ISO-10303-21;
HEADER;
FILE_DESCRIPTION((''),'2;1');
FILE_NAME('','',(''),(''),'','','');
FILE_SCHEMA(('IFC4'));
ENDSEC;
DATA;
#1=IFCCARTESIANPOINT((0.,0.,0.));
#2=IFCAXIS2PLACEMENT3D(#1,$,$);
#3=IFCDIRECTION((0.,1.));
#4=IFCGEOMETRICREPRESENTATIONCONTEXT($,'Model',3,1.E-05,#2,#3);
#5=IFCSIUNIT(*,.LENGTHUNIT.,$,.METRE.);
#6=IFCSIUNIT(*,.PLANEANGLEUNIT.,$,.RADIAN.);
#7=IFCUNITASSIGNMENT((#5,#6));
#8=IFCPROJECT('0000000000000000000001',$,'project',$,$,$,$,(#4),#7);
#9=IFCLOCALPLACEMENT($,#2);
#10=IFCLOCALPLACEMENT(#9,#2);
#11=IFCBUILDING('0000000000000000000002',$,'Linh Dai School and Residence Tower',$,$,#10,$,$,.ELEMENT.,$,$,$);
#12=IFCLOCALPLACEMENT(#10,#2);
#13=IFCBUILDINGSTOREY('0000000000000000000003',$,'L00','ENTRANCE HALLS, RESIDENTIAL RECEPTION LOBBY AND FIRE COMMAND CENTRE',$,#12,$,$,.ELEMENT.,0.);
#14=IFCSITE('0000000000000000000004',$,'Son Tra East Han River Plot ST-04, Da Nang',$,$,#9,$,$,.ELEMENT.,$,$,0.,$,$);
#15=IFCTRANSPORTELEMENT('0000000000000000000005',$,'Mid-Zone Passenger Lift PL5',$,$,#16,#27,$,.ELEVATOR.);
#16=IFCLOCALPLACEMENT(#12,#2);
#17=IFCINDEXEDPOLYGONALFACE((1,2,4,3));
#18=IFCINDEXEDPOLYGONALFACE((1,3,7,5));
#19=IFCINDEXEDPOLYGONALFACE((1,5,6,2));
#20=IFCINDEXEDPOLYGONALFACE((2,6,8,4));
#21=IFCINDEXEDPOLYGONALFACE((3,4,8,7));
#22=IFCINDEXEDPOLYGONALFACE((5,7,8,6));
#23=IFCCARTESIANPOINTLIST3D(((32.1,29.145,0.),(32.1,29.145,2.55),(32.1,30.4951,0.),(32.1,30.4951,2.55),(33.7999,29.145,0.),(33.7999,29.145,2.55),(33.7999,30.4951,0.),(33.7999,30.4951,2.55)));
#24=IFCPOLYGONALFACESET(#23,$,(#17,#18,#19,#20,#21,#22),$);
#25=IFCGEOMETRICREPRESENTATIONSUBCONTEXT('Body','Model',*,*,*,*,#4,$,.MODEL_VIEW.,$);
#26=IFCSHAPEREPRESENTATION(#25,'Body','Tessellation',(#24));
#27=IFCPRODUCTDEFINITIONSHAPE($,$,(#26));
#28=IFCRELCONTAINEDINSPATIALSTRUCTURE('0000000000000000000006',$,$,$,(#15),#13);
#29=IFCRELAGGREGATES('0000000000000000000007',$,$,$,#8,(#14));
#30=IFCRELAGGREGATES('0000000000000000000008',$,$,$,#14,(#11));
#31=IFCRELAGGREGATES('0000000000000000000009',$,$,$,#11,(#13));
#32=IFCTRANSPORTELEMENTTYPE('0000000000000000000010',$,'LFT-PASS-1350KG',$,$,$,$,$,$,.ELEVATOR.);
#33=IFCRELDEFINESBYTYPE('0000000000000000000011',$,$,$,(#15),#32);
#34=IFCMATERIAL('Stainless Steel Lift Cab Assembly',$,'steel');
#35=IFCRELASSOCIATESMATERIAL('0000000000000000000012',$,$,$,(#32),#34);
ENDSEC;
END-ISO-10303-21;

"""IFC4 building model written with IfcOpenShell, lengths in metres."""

from ifc_helpers import new_model, si_unit, direction, frame, origin, origin_2d, place, context, subcontext, project, spatial, rectangle, extrude, source, transform, mapped, material, type_object, element, save


model = new_model("IFC4")

# Units and contexts
model_context = context("Model", 3, precision=1e-05, world=origin(), true_north=direction((0.0, 1.0)))
body_context = subcontext(model_context, "Body", "Model", "MODEL_VIEW")
ifc_project = project(units=[si_unit("LENGTHUNIT", "METRE"), si_unit("PLANEANGLEUNIT", "RADIAN")], contexts=[model_context])

# Site, building, storey
site_placement = place(None, origin())
site = spatial("IfcSite", under=ifc_project, at=site_placement, Name="Son Tra East Han River Plot ST-04, Da Nang", CompositionType="ELEMENT", RefElevation=0.0)
building_placement = place(site_placement, origin())
building = spatial("IfcBuilding", under=site, at=building_placement, Name="Linh Dai School and Residence Tower", CompositionType="ELEMENT")
storey_placement = place(building_placement, origin())
storey = spatial("IfcBuildingStorey", under=building, at=storey_placement, Name="L00", Description="ENTRANCE HALLS, RESIDENTIAL RECEPTION LOBBY AND FIRE COMMAND CENTRE", CompositionType="ELEMENT", Elevation=0.0)

# Transport element
ifc_material_1 = material(Name="Stainless Steel Lift Cab Assembly", Category="steel")
transport_element_type = type_object("IfcTransportElementType", Name="LFT-PASS-1350KG", PredefinedType="ELEVATOR", material=ifc_material_1)
shared_shape_1 = source(origin(), body_context, "Body", "SweptSolid", [
    extrude(rectangle(XDim=1.7, YDim=1.3501, at=origin_2d()), origin(), (0.0, 0.0, 1.0), 2.55),
])
for number, where, z_axis, x_axis, name in (
    (1, (32.95, 29.8201, 0.0), (0.0, 0.0, 1.0), (1.0, 0.0, 0.0), "Mid-Zone Passenger Lift PL5"),
):
    element("IfcTransportElement", number, at=place(storey_placement, frame(where, z_axis=z_axis, x_axis=x_axis)), inside=storey, type_object=transport_element_type, Name=name, PredefinedType="ELEVATOR", context=body_context, shape_type="MappedRepresentation", body=[
        mapped(shared_shape_1, transform((0.0, 0.0, 0.0), x_axis=(1.0, 0.0, 0.0), y_axis=(0.0, 1.0, 0.0), z_axis=(0.0, 0.0, 1.0), scale=1.0)),
    ])

save(model, "model.ifc")
